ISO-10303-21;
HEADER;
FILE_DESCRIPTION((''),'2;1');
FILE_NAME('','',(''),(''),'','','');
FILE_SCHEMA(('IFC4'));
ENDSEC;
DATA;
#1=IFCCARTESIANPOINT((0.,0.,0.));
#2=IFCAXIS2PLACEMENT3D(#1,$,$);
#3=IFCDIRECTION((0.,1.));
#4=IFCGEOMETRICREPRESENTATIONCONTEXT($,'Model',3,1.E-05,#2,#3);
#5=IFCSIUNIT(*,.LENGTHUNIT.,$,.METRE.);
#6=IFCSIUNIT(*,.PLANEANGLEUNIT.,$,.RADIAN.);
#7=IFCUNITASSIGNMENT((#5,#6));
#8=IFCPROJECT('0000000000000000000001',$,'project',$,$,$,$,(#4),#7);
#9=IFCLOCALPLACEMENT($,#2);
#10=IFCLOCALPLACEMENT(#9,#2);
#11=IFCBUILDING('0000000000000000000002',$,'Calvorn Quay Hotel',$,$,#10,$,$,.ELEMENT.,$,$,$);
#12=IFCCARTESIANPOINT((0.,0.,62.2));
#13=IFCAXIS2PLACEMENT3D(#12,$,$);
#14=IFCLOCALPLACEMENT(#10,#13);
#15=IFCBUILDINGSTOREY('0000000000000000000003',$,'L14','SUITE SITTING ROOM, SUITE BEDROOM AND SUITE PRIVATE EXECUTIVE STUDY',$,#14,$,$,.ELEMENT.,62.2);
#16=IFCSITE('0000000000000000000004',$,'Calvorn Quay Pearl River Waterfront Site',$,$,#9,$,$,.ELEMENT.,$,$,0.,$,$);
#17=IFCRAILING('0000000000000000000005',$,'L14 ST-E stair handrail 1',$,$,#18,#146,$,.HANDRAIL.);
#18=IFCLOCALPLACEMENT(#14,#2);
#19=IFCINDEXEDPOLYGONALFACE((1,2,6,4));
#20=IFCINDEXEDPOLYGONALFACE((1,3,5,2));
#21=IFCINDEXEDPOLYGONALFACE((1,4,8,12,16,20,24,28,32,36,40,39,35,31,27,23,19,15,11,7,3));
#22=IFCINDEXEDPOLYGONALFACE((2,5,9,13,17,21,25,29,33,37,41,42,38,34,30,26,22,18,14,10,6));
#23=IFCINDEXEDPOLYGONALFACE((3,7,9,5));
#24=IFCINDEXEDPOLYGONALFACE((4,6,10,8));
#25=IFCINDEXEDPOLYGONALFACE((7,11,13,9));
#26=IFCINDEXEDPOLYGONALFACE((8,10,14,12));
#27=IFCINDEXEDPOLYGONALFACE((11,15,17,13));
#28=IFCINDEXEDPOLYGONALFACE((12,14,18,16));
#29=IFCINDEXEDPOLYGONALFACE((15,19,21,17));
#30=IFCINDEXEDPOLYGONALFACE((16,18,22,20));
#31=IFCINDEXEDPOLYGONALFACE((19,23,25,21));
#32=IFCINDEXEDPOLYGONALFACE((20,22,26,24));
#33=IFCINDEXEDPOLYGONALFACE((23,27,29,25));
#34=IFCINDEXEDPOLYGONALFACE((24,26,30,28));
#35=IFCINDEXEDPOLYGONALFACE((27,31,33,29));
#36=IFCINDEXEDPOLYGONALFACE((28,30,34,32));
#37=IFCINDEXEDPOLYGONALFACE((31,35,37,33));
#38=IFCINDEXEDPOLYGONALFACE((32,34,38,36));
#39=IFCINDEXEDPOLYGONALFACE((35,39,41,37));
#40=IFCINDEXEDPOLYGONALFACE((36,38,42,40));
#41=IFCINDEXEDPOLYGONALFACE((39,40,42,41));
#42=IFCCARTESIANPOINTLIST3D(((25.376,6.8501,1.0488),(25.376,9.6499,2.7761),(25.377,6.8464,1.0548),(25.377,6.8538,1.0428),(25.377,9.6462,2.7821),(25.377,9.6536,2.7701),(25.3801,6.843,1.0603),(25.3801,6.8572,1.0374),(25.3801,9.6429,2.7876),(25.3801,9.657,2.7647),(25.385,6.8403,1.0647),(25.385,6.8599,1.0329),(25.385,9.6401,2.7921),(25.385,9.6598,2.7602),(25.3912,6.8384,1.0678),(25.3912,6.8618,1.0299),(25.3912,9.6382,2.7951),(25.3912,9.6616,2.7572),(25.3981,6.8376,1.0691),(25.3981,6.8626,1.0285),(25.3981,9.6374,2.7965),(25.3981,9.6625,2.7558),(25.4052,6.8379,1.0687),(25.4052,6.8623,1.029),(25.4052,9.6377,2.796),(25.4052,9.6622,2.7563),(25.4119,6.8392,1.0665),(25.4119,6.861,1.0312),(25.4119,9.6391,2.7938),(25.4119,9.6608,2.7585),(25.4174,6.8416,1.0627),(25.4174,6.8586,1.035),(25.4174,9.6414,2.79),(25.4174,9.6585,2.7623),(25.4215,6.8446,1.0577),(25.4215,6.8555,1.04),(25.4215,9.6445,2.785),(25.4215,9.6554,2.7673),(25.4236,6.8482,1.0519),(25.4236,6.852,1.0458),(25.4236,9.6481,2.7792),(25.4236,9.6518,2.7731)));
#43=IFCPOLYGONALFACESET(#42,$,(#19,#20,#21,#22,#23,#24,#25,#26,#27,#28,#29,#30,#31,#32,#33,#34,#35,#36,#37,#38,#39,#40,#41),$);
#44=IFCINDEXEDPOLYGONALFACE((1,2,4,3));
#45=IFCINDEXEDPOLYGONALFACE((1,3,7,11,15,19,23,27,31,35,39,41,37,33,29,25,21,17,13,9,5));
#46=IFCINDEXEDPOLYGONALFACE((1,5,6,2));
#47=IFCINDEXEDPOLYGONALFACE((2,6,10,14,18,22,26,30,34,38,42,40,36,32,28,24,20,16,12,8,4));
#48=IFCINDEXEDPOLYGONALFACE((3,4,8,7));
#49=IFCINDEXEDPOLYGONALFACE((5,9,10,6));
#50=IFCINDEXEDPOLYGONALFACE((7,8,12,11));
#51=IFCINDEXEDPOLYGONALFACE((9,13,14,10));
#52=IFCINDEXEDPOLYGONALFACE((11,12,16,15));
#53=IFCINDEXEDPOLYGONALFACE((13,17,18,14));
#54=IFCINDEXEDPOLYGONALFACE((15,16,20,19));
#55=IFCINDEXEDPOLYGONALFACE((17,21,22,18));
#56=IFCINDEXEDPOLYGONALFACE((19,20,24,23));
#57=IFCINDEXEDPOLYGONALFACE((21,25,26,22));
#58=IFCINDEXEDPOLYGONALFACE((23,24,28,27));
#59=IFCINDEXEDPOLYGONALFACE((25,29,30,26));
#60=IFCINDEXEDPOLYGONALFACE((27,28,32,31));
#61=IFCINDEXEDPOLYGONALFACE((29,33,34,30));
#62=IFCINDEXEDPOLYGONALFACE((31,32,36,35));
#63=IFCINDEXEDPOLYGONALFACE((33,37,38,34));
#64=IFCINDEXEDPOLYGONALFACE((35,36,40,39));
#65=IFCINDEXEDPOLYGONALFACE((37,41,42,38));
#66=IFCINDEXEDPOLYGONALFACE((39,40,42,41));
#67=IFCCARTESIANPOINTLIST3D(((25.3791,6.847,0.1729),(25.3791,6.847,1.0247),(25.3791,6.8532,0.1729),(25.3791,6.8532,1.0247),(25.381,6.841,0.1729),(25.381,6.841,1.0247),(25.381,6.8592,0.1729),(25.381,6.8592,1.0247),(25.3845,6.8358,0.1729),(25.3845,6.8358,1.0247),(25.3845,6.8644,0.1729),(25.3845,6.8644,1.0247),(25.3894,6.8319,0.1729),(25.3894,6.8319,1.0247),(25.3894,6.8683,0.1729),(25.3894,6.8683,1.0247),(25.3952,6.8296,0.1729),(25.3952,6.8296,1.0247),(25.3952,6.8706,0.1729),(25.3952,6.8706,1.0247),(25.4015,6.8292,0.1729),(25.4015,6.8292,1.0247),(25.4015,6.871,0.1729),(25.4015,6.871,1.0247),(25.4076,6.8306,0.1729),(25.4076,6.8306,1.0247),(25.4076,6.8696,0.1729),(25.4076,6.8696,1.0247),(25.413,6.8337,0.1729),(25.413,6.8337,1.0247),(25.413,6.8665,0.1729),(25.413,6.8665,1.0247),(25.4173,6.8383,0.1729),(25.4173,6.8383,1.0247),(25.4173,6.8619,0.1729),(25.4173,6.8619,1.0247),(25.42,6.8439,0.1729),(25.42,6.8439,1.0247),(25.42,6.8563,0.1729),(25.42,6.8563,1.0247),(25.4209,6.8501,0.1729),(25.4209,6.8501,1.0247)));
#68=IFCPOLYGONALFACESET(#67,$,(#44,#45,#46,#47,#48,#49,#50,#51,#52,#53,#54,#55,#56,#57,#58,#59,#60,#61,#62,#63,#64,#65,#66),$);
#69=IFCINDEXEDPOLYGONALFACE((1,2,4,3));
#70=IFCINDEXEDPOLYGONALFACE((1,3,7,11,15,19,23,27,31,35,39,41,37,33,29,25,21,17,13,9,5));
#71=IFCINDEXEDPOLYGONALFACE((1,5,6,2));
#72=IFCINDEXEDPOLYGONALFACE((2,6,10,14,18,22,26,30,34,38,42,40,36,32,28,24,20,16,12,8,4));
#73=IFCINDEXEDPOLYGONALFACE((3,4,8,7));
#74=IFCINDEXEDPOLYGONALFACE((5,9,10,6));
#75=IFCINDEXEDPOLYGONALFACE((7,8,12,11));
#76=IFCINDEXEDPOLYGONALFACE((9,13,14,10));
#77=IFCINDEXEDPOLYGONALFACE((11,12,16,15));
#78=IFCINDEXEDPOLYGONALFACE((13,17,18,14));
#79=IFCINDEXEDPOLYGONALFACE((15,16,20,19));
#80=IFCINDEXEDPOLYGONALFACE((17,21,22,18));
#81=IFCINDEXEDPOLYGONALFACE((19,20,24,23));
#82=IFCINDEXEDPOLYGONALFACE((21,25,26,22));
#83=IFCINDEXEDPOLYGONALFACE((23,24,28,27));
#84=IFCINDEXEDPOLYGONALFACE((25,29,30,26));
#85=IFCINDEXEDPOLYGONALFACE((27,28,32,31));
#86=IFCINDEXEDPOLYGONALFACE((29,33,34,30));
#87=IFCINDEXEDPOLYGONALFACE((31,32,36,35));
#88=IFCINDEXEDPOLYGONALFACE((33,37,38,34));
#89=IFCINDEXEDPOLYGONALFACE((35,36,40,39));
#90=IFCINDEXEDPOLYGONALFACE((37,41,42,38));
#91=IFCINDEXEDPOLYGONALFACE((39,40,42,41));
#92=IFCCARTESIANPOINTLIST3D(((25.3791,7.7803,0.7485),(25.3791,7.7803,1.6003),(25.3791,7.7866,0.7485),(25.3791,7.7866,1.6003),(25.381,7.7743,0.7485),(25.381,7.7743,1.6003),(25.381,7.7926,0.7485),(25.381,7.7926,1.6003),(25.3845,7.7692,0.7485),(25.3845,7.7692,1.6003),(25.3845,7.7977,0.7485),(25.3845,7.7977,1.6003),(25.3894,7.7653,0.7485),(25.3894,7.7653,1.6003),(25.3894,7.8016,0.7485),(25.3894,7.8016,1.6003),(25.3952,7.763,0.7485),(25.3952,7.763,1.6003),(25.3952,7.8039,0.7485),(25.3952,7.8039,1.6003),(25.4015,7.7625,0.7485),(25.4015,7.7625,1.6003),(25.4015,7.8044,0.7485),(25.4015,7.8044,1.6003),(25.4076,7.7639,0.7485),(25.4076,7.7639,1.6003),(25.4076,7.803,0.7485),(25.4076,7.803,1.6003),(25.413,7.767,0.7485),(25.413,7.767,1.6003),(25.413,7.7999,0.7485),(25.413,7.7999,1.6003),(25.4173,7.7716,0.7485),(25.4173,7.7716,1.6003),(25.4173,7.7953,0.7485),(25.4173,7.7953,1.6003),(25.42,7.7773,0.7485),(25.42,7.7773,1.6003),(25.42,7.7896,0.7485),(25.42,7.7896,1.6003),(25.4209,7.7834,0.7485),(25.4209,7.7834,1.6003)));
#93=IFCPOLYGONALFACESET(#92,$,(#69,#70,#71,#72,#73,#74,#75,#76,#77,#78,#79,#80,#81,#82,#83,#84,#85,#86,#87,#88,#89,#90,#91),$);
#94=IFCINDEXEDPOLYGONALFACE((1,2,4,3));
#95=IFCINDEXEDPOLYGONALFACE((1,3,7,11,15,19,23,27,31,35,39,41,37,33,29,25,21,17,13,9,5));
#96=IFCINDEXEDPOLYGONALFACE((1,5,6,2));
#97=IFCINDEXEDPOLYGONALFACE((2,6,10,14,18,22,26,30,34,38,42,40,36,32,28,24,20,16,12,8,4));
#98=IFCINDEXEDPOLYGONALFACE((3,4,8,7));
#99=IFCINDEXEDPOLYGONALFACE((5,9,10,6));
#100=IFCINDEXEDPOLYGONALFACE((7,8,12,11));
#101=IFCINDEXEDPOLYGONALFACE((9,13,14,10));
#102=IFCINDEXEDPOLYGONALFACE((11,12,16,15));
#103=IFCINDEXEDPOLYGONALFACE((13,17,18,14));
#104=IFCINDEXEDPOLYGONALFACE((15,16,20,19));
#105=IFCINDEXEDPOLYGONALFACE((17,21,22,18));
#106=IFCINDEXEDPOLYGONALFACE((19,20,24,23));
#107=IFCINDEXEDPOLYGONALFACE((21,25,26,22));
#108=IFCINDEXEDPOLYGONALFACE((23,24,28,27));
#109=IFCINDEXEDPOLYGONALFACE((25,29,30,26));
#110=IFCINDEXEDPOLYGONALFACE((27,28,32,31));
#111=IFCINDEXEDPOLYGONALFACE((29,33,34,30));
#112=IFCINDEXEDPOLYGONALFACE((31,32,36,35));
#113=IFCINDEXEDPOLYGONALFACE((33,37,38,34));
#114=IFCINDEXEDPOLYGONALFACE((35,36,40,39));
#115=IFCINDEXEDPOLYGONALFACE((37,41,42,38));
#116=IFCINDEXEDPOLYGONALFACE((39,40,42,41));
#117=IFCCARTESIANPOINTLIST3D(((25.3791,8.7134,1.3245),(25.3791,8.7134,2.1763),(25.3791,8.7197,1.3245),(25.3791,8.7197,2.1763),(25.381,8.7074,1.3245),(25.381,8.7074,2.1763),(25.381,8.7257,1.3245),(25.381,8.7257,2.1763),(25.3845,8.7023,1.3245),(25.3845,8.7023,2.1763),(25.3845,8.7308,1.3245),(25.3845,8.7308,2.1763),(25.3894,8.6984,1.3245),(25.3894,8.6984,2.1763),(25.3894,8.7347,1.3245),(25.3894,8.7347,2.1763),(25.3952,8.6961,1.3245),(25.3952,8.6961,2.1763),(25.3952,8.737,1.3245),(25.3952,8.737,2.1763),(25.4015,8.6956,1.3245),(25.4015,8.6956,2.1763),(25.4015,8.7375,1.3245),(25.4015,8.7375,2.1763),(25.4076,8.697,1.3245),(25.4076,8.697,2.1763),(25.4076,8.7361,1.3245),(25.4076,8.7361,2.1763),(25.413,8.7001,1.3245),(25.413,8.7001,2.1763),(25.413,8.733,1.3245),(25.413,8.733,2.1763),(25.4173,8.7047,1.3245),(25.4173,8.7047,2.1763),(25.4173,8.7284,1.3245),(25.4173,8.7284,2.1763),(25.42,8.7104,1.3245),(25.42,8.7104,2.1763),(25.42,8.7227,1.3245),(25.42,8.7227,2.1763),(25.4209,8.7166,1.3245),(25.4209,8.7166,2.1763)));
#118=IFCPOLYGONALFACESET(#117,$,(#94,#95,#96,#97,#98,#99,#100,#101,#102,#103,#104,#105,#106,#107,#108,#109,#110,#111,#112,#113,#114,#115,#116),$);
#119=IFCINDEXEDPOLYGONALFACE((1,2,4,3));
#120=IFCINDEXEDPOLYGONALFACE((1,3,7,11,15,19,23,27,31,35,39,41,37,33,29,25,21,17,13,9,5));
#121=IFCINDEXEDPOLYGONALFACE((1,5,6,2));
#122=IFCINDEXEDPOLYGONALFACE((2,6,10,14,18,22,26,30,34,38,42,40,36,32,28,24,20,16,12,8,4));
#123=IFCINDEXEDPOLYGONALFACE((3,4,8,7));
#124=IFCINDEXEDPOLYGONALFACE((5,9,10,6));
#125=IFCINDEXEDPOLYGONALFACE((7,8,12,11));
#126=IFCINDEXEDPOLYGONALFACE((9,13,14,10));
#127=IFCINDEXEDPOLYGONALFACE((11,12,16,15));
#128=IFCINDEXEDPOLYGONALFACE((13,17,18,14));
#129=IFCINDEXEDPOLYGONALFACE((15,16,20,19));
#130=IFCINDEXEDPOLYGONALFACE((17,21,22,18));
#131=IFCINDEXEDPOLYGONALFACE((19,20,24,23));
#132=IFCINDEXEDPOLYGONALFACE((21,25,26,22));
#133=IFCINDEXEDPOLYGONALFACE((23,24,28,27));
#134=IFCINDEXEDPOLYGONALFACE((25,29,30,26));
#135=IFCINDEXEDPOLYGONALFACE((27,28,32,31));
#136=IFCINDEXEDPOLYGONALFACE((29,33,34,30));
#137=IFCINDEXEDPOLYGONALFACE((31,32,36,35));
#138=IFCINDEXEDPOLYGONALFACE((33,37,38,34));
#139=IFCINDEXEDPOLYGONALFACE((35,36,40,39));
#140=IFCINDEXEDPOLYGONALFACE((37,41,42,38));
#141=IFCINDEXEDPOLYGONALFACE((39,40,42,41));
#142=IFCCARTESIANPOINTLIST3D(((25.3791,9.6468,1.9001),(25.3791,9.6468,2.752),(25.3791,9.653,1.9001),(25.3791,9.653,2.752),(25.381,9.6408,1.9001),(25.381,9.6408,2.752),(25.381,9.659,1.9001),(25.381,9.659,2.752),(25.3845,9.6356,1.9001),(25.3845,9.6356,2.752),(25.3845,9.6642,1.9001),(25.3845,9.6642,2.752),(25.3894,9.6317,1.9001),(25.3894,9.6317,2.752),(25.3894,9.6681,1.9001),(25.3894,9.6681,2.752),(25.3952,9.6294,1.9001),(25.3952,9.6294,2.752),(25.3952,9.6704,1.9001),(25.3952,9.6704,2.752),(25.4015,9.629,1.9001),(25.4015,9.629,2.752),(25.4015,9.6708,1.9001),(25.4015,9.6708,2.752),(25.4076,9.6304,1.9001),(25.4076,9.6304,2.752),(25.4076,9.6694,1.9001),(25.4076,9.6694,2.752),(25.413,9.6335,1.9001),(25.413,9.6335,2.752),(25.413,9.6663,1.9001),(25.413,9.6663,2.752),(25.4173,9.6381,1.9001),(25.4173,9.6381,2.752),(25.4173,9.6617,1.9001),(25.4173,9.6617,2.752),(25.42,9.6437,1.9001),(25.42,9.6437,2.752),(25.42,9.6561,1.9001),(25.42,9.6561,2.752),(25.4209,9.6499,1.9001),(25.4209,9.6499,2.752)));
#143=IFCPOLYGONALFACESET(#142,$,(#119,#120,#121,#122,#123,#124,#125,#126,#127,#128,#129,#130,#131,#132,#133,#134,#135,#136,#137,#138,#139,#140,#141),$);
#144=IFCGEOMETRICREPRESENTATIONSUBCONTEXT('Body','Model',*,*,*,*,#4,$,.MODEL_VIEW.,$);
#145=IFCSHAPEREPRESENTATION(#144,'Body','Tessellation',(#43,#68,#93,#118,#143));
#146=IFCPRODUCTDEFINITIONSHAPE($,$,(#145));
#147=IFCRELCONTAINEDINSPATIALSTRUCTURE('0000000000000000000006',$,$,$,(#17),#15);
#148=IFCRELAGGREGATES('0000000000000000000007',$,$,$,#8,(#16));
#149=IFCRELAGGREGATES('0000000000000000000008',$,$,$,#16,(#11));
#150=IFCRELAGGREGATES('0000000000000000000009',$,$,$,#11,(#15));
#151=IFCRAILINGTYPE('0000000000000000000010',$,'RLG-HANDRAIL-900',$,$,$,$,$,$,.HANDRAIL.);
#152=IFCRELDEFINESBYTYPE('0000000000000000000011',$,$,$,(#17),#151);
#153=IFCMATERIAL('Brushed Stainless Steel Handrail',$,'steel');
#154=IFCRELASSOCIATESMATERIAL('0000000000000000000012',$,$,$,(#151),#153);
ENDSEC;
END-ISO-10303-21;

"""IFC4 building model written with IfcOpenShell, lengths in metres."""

from ifc_helpers import new_model, si_unit, direction, frame, origin, origin_2d, place, context, subcontext, project, spatial, circle, extrude, material, type_object, element, save


model = new_model("IFC4")

# Units and contexts
model_context = context("Model", 3, precision=1e-05, world=origin(), true_north=direction((0.0, 1.0)))
body_context = subcontext(model_context, "Body", "Model", "MODEL_VIEW")
ifc_project = project(units=[si_unit("LENGTHUNIT", "METRE"), si_unit("PLANEANGLEUNIT", "RADIAN")], contexts=[model_context])

# Site, building, storey
site_placement = place(None, origin())
site = spatial("IfcSite", under=ifc_project, at=site_placement, Name="Calvorn Quay Pearl River Waterfront Site", CompositionType="ELEMENT", RefElevation=0.0)
building_placement = place(site_placement, origin())
building = spatial("IfcBuilding", under=site, at=building_placement, Name="Calvorn Quay Hotel", CompositionType="ELEMENT")
storey_placement = place(building_placement, frame((0.0, 0.0, 62.2)))
storey = spatial("IfcBuildingStorey", under=building, at=storey_placement, Name="L14", Description="SUITE SITTING ROOM, SUITE BEDROOM AND SUITE PRIVATE EXECUTIVE STUDY", CompositionType="ELEMENT", Elevation=62.2)

# Railing
ifc_material_1 = material(Name="Brushed Stainless Steel Handrail", Category="steel")
railing_type_1 = type_object("IfcRailingType", Name="RLG-HANDRAIL-900", PredefinedType="HANDRAIL", material=ifc_material_1)
railing_1_placement = place(storey_placement, frame((25.3999, 6.8501, 0.1729)))
element("IfcRailing", 1, at=railing_1_placement, inside=storey, type_object=railing_type_1, Name="L14 ST-E stair handrail 1", PredefinedType="HANDRAIL", context=body_context, shape_type="SweptSolid", body=[
    extrude(circle(Radius=0.0239, at=origin_2d()), frame((0.0, 0.0, 0.876), z_axis=(0.0, 0.851069, 0.525054), x_axis=(-1.0, 0.0, 0.0)), (0.0, 0.0, 1.0), 3.2898),
    extrude(circle(Radius=0.021, at=origin_2d()), origin(), (0.0, 0.0, 1.0), 0.8518),
    extrude(circle(Radius=0.021, at=origin_2d()), frame((0.0, 0.9333, 0.5757)), (0.0, 0.0, 1.0), 0.8518),
    extrude(circle(Radius=0.021, at=origin_2d()), frame((0.0, 1.8665, 1.1516)), (0.0, 0.0, 1.0), 0.8518),
    extrude(circle(Radius=0.021, at=origin_2d()), frame((0.0, 2.7998, 1.7273)), (0.0, 0.0, 1.0), 0.8518),
])

save(model, "model.ifc")
